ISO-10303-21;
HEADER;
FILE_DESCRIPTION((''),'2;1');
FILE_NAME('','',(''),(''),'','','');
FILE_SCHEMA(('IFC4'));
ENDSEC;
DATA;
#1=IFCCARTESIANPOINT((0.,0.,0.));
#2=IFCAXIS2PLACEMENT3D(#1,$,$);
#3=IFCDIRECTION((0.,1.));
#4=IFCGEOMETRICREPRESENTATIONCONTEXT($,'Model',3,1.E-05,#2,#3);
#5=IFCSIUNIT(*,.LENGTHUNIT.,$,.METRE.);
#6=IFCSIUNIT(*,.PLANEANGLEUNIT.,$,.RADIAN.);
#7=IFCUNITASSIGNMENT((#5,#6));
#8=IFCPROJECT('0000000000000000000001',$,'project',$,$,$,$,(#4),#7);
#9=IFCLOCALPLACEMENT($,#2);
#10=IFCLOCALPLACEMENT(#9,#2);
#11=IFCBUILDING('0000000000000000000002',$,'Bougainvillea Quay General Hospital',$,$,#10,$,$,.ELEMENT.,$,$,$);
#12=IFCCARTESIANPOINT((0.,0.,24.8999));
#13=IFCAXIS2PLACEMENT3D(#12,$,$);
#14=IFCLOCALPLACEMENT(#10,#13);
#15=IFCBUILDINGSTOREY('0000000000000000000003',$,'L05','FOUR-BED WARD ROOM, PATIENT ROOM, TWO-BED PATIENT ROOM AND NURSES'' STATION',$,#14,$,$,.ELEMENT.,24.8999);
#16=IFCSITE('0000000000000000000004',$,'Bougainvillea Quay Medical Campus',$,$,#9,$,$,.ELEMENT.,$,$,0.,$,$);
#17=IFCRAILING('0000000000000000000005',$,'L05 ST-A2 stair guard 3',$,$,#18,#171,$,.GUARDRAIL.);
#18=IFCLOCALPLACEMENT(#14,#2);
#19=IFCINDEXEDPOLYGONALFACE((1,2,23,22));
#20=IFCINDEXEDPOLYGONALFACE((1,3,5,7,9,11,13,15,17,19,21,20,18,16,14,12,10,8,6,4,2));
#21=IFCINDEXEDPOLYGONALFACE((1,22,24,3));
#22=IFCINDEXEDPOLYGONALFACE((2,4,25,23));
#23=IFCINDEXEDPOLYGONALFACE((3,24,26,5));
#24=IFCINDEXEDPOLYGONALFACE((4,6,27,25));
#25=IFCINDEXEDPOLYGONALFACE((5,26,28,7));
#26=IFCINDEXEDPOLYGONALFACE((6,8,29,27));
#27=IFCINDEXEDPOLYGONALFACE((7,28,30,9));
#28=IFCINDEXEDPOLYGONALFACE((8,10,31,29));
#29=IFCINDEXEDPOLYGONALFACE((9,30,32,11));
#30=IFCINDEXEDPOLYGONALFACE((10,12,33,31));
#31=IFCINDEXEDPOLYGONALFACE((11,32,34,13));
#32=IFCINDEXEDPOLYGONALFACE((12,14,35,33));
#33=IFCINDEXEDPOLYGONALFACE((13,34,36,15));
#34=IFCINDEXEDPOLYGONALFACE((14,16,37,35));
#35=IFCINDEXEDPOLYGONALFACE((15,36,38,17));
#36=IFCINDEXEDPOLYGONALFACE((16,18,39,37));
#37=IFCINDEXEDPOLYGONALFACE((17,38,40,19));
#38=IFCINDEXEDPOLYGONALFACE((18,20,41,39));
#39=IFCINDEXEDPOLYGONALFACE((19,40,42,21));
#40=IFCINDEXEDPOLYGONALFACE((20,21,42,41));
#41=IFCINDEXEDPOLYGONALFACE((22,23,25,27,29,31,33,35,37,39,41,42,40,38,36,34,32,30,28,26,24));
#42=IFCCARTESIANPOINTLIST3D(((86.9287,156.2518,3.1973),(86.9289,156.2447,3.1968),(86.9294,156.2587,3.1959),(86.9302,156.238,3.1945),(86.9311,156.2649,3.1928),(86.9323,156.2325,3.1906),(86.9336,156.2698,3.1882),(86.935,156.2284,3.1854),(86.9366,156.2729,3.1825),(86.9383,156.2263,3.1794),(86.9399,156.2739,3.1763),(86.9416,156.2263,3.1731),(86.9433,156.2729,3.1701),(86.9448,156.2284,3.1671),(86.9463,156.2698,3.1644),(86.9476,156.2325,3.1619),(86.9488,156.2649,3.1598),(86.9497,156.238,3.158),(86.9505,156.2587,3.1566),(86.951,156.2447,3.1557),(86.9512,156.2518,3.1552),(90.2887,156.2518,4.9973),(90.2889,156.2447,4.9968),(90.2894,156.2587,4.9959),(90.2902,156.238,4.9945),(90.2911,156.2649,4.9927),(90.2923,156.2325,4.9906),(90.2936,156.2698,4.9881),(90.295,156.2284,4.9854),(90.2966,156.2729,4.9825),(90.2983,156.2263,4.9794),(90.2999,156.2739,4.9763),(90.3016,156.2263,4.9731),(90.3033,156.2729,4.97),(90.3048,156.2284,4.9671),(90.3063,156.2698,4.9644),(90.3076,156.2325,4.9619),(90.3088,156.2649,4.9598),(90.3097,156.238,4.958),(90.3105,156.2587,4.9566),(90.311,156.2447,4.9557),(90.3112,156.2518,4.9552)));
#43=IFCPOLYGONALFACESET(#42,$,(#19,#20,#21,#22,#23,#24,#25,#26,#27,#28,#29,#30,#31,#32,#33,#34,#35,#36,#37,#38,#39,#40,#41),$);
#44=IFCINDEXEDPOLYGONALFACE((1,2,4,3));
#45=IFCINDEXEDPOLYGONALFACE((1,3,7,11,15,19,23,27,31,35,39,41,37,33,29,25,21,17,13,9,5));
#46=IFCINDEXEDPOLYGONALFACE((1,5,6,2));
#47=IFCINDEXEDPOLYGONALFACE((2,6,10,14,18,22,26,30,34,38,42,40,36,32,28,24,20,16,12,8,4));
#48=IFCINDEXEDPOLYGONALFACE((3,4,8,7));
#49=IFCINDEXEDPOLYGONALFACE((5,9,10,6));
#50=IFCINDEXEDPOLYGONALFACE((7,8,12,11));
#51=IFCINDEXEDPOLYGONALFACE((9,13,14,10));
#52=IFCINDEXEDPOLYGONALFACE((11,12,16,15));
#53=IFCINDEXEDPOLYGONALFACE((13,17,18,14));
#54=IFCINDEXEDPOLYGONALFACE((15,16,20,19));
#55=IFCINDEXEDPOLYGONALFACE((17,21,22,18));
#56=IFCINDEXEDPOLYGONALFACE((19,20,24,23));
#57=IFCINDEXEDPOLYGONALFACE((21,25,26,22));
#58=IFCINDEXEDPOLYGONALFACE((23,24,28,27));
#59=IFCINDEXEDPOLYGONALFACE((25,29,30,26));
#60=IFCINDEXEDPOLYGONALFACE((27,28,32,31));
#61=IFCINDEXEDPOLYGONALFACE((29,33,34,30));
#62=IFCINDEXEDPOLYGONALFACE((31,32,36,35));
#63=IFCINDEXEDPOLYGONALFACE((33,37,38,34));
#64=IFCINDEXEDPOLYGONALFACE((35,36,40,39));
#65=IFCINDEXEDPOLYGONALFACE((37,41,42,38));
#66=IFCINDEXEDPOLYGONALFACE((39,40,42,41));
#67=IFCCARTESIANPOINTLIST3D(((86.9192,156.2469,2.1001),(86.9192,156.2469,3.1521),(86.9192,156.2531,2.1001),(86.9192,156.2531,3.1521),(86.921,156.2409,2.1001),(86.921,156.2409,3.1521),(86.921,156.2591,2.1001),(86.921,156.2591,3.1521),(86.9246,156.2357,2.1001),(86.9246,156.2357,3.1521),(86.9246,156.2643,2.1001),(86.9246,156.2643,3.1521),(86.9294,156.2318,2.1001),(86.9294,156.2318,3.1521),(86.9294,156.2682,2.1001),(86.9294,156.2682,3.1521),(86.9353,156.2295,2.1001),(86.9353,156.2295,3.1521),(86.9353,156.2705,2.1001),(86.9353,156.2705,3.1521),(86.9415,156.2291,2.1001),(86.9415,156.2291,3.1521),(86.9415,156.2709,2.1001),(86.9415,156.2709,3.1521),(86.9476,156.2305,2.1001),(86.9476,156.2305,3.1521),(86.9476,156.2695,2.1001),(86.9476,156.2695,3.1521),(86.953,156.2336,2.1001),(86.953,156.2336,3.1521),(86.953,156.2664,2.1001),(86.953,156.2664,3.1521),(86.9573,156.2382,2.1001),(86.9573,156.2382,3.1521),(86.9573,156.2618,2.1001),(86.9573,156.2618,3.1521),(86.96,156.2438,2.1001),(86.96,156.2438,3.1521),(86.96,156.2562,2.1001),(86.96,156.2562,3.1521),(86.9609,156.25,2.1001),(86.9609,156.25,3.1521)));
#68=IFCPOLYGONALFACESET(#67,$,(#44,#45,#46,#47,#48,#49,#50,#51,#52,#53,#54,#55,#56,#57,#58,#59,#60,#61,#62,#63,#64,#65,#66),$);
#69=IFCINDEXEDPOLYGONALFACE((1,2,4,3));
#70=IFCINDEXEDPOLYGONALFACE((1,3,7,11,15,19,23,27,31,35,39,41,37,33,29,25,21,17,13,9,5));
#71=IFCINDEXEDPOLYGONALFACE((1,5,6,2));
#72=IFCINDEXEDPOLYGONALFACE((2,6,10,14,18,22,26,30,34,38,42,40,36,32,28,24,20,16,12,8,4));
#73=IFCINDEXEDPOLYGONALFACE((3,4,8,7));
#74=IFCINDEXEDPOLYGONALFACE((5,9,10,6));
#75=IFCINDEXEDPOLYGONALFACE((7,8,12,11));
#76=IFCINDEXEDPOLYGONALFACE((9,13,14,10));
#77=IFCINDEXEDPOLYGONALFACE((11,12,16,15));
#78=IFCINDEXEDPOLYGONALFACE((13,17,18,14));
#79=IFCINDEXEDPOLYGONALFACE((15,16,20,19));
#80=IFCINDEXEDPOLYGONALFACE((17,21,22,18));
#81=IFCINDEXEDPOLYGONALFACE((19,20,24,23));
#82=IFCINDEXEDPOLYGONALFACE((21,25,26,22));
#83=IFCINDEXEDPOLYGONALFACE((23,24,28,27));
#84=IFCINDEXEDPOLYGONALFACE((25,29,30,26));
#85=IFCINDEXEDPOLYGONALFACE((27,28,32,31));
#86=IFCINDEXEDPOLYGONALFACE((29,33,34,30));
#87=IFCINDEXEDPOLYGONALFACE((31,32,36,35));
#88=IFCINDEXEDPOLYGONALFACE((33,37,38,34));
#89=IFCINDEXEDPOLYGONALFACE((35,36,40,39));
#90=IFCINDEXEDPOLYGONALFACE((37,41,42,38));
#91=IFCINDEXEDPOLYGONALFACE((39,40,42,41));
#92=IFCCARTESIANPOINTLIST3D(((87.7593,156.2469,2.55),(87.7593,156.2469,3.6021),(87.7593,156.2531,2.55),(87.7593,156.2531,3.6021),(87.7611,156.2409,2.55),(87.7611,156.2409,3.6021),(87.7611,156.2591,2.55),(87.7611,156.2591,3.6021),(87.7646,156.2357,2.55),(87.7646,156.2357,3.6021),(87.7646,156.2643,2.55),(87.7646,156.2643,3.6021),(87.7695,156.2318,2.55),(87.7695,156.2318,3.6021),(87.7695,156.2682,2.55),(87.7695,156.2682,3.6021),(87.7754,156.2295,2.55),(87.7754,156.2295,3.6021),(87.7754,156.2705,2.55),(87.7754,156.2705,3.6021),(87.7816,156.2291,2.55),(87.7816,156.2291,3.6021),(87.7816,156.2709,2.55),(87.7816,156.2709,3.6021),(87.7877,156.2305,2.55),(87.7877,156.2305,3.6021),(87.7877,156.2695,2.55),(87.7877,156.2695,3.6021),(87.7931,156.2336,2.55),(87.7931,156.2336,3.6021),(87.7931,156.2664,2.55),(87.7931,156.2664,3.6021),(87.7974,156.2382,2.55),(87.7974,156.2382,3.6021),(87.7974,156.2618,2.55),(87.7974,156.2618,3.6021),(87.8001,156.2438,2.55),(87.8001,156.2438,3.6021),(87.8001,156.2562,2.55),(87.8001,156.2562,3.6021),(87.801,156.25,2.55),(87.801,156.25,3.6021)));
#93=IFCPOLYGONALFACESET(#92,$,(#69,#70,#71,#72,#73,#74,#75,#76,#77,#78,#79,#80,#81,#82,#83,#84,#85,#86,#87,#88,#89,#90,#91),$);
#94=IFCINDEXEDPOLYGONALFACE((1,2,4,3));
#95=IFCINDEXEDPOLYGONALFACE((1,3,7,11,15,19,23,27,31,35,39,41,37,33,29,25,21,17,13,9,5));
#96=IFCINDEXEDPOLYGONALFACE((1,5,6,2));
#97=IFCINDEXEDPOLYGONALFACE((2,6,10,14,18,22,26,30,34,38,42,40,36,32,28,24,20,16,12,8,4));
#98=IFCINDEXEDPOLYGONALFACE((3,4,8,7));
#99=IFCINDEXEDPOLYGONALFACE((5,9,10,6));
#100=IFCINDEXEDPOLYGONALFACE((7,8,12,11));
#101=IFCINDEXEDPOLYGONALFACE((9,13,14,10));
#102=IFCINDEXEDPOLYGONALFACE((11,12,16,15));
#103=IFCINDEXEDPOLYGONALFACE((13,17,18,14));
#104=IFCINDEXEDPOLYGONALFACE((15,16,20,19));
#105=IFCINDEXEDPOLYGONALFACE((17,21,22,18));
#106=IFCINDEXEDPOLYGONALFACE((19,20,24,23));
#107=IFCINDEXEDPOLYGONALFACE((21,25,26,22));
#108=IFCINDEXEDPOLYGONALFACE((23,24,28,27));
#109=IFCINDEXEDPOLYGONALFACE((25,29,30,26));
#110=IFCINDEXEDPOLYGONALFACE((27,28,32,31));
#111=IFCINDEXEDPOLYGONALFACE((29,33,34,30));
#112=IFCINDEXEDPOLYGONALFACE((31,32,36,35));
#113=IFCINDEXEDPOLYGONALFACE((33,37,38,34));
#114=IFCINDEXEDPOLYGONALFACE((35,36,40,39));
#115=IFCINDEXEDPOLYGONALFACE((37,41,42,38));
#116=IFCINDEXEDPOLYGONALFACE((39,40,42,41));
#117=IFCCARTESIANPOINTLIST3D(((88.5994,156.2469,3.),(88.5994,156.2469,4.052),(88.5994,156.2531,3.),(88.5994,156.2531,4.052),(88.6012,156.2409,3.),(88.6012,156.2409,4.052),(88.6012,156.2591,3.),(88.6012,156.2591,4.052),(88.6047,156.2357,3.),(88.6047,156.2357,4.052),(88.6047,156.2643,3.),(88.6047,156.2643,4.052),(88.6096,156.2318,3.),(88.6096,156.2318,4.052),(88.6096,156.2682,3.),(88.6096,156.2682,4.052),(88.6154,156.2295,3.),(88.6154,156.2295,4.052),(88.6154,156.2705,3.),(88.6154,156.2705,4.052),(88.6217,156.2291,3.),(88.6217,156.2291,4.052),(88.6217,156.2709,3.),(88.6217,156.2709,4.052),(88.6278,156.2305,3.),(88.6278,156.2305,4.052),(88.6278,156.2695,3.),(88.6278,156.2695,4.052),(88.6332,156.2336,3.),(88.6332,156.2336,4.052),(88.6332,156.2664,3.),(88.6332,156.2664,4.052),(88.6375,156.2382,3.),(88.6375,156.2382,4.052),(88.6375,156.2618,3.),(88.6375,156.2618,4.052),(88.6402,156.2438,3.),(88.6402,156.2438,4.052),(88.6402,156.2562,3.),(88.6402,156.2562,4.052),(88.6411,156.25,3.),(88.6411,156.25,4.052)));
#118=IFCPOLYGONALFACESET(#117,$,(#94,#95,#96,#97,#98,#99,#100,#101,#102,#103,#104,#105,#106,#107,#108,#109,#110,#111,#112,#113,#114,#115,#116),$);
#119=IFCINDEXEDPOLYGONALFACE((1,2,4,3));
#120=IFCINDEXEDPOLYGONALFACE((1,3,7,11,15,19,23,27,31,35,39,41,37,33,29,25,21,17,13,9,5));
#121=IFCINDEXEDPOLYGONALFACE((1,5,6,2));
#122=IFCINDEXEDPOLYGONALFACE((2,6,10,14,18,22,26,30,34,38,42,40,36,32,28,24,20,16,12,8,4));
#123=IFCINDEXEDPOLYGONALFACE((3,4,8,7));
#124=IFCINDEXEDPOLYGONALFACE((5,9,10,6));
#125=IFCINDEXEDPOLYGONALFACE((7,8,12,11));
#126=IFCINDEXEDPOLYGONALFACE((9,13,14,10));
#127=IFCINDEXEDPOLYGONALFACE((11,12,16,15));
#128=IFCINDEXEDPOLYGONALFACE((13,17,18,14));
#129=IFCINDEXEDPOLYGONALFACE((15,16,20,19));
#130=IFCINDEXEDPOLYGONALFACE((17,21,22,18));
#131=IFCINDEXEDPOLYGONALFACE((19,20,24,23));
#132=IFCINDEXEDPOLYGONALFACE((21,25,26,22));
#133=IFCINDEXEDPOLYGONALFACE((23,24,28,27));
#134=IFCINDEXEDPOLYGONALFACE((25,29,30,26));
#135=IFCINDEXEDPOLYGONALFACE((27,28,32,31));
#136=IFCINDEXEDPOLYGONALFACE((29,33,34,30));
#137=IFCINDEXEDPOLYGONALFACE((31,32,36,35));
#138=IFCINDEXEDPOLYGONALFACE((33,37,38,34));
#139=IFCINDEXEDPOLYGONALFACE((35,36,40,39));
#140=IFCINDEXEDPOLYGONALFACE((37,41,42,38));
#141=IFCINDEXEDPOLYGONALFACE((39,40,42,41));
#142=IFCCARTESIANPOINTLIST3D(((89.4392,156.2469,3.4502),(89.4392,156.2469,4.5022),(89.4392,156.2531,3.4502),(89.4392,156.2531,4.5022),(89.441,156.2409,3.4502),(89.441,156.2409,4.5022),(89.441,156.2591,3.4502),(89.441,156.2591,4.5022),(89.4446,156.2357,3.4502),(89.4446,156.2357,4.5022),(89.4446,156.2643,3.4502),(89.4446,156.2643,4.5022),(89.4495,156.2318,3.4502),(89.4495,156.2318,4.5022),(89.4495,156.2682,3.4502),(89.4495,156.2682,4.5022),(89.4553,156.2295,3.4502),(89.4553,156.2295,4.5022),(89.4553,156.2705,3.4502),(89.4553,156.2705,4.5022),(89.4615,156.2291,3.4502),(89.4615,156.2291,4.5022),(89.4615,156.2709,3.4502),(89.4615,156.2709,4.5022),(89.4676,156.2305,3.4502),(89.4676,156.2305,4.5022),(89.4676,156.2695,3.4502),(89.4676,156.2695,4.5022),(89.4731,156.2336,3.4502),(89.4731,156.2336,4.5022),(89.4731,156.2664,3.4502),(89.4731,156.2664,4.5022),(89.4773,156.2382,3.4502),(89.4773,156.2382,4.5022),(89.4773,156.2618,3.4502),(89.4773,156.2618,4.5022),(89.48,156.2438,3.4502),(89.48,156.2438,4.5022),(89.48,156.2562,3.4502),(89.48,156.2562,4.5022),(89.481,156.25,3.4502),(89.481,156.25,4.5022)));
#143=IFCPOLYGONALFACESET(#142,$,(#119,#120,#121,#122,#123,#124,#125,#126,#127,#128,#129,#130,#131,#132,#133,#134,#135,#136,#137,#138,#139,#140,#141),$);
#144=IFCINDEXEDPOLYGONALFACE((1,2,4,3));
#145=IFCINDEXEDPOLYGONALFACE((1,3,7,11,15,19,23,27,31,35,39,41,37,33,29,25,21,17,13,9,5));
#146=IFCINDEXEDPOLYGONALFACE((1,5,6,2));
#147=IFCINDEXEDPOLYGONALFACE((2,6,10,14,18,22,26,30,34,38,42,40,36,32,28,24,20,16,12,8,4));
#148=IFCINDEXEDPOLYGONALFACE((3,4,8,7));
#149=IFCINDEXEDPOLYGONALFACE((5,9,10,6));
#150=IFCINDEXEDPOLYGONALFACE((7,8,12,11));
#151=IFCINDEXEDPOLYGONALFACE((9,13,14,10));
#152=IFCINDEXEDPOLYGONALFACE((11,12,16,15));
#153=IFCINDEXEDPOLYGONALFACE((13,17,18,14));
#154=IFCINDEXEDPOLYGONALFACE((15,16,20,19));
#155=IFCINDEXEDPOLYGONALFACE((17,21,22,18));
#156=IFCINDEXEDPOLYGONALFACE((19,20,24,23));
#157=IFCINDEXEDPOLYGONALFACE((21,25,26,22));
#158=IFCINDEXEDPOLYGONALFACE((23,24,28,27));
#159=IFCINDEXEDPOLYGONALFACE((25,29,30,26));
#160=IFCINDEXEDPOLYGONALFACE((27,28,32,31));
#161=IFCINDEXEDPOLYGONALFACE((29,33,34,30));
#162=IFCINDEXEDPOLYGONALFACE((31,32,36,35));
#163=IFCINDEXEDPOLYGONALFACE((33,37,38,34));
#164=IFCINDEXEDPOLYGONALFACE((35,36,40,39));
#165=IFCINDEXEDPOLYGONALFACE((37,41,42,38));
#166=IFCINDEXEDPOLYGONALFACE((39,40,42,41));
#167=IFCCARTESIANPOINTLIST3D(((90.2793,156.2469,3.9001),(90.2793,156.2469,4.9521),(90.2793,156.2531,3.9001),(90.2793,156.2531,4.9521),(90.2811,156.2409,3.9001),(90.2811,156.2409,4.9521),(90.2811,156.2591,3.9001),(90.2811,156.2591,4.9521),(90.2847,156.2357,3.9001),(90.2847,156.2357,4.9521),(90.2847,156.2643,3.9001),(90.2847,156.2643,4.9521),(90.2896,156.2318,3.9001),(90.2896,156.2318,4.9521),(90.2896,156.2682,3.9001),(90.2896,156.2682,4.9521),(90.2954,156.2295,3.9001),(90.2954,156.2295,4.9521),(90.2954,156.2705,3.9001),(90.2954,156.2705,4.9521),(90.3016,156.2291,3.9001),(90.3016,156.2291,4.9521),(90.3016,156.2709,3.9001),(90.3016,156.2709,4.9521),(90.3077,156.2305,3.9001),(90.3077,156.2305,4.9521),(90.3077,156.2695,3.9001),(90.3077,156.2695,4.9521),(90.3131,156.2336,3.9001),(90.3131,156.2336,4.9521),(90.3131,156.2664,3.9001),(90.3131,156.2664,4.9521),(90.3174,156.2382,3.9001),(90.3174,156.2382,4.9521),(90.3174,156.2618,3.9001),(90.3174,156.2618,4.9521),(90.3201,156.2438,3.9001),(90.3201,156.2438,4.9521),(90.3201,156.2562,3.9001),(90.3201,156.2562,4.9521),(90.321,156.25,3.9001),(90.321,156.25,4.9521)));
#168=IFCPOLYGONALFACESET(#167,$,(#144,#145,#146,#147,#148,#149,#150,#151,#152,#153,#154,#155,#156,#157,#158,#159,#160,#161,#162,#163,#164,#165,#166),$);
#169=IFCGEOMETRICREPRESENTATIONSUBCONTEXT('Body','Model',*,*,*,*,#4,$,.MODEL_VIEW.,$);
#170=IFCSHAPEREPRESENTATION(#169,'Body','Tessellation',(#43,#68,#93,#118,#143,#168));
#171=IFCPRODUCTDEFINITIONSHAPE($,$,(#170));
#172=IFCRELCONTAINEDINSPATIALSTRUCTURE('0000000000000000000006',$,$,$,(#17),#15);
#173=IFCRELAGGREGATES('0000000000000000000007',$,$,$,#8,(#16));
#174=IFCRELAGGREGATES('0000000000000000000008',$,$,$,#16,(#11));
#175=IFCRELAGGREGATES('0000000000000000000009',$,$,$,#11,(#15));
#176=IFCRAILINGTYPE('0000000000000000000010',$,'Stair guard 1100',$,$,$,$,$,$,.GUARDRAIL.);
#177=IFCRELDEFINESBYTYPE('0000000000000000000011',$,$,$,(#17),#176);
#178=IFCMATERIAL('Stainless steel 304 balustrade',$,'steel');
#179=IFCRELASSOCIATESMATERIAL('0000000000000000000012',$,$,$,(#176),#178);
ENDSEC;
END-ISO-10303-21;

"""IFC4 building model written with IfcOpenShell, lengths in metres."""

from ifc_helpers import new_model, si_unit, direction, frame, origin, origin_2d, place, context, subcontext, project, spatial, circle, extrude, material, type_object, element, save


model = new_model("IFC4")

# Units and contexts
model_context = context("Model", 3, precision=1e-05, world=origin(), true_north=direction((0.0, 1.0)))
body_context = subcontext(model_context, "Body", "Model", "MODEL_VIEW")
ifc_project = project(units=[si_unit("LENGTHUNIT", "METRE"), si_unit("PLANEANGLEUNIT", "RADIAN")], contexts=[model_context])

# Site, building, storey
site_placement = place(None, origin())
site = spatial("IfcSite", under=ifc_project, at=site_placement, Name="Bougainvillea Quay Medical Campus", CompositionType="ELEMENT", RefElevation=0.0)
building_placement = place(site_placement, origin())
building = spatial("IfcBuilding", under=site, at=building_placement, Name="Bougainvillea Quay General Hospital", CompositionType="ELEMENT")
storey_placement = place(building_placement, frame((0.0, 0.0, 24.8999)))
storey = spatial("IfcBuildingStorey", under=building, at=storey_placement, Name="L05", Description="FOUR-BED WARD ROOM, PATIENT ROOM, TWO-BED PATIENT ROOM AND NURSES' STATION", CompositionType="ELEMENT", Elevation=24.8999)

# Railing
ifc_material_1 = material(Name="Stainless steel 304 balustrade", Category="steel")
railing_type_1 = type_object("IfcRailingType", Name="Stair guard 1100", PredefinedType="GUARDRAIL", material=ifc_material_1)
railing_1_placement = place(storey_placement, frame((86.9399, 156.25, 2.1001)))
element("IfcRailing", 1, at=railing_1_placement, inside=storey, type_object=railing_type_1, Name="L05 ST-A2 stair guard 3", PredefinedType="GUARDRAIL", context=body_context, shape_type="SweptSolid", body=[
    extrude(circle(Radius=0.0239, at=origin_2d()), frame((0.0, 0.0, 1.0762), z_axis=(0.881481, 0.0, 0.47222), x_axis=(0.0, 1.0, 0.0)), (0.0, 0.0, 1.0), 3.8118),
    extrude(circle(Radius=0.021, at=origin_2d()), origin(), (0.0, 0.0, 1.0), 1.052),
    extrude(circle(Radius=0.021, at=origin_2d()), frame((0.8401, 0.0, 0.45)), (0.0, 0.0, 1.0), 1.052),
    extrude(circle(Radius=0.021, at=origin_2d()), frame((1.6802, 0.0, 0.8999)), (0.0, 0.0, 1.0), 1.052),
    extrude(circle(Radius=0.021, at=origin_2d()), frame((2.52, 0.0, 1.3501)), (0.0, 0.0, 1.0), 1.052),
    extrude(circle(Radius=0.021, at=origin_2d()), frame((3.3601, 0.0, 1.8)), (0.0, 0.0, 1.0), 1.052),
])

save(model, "model.ifc")
